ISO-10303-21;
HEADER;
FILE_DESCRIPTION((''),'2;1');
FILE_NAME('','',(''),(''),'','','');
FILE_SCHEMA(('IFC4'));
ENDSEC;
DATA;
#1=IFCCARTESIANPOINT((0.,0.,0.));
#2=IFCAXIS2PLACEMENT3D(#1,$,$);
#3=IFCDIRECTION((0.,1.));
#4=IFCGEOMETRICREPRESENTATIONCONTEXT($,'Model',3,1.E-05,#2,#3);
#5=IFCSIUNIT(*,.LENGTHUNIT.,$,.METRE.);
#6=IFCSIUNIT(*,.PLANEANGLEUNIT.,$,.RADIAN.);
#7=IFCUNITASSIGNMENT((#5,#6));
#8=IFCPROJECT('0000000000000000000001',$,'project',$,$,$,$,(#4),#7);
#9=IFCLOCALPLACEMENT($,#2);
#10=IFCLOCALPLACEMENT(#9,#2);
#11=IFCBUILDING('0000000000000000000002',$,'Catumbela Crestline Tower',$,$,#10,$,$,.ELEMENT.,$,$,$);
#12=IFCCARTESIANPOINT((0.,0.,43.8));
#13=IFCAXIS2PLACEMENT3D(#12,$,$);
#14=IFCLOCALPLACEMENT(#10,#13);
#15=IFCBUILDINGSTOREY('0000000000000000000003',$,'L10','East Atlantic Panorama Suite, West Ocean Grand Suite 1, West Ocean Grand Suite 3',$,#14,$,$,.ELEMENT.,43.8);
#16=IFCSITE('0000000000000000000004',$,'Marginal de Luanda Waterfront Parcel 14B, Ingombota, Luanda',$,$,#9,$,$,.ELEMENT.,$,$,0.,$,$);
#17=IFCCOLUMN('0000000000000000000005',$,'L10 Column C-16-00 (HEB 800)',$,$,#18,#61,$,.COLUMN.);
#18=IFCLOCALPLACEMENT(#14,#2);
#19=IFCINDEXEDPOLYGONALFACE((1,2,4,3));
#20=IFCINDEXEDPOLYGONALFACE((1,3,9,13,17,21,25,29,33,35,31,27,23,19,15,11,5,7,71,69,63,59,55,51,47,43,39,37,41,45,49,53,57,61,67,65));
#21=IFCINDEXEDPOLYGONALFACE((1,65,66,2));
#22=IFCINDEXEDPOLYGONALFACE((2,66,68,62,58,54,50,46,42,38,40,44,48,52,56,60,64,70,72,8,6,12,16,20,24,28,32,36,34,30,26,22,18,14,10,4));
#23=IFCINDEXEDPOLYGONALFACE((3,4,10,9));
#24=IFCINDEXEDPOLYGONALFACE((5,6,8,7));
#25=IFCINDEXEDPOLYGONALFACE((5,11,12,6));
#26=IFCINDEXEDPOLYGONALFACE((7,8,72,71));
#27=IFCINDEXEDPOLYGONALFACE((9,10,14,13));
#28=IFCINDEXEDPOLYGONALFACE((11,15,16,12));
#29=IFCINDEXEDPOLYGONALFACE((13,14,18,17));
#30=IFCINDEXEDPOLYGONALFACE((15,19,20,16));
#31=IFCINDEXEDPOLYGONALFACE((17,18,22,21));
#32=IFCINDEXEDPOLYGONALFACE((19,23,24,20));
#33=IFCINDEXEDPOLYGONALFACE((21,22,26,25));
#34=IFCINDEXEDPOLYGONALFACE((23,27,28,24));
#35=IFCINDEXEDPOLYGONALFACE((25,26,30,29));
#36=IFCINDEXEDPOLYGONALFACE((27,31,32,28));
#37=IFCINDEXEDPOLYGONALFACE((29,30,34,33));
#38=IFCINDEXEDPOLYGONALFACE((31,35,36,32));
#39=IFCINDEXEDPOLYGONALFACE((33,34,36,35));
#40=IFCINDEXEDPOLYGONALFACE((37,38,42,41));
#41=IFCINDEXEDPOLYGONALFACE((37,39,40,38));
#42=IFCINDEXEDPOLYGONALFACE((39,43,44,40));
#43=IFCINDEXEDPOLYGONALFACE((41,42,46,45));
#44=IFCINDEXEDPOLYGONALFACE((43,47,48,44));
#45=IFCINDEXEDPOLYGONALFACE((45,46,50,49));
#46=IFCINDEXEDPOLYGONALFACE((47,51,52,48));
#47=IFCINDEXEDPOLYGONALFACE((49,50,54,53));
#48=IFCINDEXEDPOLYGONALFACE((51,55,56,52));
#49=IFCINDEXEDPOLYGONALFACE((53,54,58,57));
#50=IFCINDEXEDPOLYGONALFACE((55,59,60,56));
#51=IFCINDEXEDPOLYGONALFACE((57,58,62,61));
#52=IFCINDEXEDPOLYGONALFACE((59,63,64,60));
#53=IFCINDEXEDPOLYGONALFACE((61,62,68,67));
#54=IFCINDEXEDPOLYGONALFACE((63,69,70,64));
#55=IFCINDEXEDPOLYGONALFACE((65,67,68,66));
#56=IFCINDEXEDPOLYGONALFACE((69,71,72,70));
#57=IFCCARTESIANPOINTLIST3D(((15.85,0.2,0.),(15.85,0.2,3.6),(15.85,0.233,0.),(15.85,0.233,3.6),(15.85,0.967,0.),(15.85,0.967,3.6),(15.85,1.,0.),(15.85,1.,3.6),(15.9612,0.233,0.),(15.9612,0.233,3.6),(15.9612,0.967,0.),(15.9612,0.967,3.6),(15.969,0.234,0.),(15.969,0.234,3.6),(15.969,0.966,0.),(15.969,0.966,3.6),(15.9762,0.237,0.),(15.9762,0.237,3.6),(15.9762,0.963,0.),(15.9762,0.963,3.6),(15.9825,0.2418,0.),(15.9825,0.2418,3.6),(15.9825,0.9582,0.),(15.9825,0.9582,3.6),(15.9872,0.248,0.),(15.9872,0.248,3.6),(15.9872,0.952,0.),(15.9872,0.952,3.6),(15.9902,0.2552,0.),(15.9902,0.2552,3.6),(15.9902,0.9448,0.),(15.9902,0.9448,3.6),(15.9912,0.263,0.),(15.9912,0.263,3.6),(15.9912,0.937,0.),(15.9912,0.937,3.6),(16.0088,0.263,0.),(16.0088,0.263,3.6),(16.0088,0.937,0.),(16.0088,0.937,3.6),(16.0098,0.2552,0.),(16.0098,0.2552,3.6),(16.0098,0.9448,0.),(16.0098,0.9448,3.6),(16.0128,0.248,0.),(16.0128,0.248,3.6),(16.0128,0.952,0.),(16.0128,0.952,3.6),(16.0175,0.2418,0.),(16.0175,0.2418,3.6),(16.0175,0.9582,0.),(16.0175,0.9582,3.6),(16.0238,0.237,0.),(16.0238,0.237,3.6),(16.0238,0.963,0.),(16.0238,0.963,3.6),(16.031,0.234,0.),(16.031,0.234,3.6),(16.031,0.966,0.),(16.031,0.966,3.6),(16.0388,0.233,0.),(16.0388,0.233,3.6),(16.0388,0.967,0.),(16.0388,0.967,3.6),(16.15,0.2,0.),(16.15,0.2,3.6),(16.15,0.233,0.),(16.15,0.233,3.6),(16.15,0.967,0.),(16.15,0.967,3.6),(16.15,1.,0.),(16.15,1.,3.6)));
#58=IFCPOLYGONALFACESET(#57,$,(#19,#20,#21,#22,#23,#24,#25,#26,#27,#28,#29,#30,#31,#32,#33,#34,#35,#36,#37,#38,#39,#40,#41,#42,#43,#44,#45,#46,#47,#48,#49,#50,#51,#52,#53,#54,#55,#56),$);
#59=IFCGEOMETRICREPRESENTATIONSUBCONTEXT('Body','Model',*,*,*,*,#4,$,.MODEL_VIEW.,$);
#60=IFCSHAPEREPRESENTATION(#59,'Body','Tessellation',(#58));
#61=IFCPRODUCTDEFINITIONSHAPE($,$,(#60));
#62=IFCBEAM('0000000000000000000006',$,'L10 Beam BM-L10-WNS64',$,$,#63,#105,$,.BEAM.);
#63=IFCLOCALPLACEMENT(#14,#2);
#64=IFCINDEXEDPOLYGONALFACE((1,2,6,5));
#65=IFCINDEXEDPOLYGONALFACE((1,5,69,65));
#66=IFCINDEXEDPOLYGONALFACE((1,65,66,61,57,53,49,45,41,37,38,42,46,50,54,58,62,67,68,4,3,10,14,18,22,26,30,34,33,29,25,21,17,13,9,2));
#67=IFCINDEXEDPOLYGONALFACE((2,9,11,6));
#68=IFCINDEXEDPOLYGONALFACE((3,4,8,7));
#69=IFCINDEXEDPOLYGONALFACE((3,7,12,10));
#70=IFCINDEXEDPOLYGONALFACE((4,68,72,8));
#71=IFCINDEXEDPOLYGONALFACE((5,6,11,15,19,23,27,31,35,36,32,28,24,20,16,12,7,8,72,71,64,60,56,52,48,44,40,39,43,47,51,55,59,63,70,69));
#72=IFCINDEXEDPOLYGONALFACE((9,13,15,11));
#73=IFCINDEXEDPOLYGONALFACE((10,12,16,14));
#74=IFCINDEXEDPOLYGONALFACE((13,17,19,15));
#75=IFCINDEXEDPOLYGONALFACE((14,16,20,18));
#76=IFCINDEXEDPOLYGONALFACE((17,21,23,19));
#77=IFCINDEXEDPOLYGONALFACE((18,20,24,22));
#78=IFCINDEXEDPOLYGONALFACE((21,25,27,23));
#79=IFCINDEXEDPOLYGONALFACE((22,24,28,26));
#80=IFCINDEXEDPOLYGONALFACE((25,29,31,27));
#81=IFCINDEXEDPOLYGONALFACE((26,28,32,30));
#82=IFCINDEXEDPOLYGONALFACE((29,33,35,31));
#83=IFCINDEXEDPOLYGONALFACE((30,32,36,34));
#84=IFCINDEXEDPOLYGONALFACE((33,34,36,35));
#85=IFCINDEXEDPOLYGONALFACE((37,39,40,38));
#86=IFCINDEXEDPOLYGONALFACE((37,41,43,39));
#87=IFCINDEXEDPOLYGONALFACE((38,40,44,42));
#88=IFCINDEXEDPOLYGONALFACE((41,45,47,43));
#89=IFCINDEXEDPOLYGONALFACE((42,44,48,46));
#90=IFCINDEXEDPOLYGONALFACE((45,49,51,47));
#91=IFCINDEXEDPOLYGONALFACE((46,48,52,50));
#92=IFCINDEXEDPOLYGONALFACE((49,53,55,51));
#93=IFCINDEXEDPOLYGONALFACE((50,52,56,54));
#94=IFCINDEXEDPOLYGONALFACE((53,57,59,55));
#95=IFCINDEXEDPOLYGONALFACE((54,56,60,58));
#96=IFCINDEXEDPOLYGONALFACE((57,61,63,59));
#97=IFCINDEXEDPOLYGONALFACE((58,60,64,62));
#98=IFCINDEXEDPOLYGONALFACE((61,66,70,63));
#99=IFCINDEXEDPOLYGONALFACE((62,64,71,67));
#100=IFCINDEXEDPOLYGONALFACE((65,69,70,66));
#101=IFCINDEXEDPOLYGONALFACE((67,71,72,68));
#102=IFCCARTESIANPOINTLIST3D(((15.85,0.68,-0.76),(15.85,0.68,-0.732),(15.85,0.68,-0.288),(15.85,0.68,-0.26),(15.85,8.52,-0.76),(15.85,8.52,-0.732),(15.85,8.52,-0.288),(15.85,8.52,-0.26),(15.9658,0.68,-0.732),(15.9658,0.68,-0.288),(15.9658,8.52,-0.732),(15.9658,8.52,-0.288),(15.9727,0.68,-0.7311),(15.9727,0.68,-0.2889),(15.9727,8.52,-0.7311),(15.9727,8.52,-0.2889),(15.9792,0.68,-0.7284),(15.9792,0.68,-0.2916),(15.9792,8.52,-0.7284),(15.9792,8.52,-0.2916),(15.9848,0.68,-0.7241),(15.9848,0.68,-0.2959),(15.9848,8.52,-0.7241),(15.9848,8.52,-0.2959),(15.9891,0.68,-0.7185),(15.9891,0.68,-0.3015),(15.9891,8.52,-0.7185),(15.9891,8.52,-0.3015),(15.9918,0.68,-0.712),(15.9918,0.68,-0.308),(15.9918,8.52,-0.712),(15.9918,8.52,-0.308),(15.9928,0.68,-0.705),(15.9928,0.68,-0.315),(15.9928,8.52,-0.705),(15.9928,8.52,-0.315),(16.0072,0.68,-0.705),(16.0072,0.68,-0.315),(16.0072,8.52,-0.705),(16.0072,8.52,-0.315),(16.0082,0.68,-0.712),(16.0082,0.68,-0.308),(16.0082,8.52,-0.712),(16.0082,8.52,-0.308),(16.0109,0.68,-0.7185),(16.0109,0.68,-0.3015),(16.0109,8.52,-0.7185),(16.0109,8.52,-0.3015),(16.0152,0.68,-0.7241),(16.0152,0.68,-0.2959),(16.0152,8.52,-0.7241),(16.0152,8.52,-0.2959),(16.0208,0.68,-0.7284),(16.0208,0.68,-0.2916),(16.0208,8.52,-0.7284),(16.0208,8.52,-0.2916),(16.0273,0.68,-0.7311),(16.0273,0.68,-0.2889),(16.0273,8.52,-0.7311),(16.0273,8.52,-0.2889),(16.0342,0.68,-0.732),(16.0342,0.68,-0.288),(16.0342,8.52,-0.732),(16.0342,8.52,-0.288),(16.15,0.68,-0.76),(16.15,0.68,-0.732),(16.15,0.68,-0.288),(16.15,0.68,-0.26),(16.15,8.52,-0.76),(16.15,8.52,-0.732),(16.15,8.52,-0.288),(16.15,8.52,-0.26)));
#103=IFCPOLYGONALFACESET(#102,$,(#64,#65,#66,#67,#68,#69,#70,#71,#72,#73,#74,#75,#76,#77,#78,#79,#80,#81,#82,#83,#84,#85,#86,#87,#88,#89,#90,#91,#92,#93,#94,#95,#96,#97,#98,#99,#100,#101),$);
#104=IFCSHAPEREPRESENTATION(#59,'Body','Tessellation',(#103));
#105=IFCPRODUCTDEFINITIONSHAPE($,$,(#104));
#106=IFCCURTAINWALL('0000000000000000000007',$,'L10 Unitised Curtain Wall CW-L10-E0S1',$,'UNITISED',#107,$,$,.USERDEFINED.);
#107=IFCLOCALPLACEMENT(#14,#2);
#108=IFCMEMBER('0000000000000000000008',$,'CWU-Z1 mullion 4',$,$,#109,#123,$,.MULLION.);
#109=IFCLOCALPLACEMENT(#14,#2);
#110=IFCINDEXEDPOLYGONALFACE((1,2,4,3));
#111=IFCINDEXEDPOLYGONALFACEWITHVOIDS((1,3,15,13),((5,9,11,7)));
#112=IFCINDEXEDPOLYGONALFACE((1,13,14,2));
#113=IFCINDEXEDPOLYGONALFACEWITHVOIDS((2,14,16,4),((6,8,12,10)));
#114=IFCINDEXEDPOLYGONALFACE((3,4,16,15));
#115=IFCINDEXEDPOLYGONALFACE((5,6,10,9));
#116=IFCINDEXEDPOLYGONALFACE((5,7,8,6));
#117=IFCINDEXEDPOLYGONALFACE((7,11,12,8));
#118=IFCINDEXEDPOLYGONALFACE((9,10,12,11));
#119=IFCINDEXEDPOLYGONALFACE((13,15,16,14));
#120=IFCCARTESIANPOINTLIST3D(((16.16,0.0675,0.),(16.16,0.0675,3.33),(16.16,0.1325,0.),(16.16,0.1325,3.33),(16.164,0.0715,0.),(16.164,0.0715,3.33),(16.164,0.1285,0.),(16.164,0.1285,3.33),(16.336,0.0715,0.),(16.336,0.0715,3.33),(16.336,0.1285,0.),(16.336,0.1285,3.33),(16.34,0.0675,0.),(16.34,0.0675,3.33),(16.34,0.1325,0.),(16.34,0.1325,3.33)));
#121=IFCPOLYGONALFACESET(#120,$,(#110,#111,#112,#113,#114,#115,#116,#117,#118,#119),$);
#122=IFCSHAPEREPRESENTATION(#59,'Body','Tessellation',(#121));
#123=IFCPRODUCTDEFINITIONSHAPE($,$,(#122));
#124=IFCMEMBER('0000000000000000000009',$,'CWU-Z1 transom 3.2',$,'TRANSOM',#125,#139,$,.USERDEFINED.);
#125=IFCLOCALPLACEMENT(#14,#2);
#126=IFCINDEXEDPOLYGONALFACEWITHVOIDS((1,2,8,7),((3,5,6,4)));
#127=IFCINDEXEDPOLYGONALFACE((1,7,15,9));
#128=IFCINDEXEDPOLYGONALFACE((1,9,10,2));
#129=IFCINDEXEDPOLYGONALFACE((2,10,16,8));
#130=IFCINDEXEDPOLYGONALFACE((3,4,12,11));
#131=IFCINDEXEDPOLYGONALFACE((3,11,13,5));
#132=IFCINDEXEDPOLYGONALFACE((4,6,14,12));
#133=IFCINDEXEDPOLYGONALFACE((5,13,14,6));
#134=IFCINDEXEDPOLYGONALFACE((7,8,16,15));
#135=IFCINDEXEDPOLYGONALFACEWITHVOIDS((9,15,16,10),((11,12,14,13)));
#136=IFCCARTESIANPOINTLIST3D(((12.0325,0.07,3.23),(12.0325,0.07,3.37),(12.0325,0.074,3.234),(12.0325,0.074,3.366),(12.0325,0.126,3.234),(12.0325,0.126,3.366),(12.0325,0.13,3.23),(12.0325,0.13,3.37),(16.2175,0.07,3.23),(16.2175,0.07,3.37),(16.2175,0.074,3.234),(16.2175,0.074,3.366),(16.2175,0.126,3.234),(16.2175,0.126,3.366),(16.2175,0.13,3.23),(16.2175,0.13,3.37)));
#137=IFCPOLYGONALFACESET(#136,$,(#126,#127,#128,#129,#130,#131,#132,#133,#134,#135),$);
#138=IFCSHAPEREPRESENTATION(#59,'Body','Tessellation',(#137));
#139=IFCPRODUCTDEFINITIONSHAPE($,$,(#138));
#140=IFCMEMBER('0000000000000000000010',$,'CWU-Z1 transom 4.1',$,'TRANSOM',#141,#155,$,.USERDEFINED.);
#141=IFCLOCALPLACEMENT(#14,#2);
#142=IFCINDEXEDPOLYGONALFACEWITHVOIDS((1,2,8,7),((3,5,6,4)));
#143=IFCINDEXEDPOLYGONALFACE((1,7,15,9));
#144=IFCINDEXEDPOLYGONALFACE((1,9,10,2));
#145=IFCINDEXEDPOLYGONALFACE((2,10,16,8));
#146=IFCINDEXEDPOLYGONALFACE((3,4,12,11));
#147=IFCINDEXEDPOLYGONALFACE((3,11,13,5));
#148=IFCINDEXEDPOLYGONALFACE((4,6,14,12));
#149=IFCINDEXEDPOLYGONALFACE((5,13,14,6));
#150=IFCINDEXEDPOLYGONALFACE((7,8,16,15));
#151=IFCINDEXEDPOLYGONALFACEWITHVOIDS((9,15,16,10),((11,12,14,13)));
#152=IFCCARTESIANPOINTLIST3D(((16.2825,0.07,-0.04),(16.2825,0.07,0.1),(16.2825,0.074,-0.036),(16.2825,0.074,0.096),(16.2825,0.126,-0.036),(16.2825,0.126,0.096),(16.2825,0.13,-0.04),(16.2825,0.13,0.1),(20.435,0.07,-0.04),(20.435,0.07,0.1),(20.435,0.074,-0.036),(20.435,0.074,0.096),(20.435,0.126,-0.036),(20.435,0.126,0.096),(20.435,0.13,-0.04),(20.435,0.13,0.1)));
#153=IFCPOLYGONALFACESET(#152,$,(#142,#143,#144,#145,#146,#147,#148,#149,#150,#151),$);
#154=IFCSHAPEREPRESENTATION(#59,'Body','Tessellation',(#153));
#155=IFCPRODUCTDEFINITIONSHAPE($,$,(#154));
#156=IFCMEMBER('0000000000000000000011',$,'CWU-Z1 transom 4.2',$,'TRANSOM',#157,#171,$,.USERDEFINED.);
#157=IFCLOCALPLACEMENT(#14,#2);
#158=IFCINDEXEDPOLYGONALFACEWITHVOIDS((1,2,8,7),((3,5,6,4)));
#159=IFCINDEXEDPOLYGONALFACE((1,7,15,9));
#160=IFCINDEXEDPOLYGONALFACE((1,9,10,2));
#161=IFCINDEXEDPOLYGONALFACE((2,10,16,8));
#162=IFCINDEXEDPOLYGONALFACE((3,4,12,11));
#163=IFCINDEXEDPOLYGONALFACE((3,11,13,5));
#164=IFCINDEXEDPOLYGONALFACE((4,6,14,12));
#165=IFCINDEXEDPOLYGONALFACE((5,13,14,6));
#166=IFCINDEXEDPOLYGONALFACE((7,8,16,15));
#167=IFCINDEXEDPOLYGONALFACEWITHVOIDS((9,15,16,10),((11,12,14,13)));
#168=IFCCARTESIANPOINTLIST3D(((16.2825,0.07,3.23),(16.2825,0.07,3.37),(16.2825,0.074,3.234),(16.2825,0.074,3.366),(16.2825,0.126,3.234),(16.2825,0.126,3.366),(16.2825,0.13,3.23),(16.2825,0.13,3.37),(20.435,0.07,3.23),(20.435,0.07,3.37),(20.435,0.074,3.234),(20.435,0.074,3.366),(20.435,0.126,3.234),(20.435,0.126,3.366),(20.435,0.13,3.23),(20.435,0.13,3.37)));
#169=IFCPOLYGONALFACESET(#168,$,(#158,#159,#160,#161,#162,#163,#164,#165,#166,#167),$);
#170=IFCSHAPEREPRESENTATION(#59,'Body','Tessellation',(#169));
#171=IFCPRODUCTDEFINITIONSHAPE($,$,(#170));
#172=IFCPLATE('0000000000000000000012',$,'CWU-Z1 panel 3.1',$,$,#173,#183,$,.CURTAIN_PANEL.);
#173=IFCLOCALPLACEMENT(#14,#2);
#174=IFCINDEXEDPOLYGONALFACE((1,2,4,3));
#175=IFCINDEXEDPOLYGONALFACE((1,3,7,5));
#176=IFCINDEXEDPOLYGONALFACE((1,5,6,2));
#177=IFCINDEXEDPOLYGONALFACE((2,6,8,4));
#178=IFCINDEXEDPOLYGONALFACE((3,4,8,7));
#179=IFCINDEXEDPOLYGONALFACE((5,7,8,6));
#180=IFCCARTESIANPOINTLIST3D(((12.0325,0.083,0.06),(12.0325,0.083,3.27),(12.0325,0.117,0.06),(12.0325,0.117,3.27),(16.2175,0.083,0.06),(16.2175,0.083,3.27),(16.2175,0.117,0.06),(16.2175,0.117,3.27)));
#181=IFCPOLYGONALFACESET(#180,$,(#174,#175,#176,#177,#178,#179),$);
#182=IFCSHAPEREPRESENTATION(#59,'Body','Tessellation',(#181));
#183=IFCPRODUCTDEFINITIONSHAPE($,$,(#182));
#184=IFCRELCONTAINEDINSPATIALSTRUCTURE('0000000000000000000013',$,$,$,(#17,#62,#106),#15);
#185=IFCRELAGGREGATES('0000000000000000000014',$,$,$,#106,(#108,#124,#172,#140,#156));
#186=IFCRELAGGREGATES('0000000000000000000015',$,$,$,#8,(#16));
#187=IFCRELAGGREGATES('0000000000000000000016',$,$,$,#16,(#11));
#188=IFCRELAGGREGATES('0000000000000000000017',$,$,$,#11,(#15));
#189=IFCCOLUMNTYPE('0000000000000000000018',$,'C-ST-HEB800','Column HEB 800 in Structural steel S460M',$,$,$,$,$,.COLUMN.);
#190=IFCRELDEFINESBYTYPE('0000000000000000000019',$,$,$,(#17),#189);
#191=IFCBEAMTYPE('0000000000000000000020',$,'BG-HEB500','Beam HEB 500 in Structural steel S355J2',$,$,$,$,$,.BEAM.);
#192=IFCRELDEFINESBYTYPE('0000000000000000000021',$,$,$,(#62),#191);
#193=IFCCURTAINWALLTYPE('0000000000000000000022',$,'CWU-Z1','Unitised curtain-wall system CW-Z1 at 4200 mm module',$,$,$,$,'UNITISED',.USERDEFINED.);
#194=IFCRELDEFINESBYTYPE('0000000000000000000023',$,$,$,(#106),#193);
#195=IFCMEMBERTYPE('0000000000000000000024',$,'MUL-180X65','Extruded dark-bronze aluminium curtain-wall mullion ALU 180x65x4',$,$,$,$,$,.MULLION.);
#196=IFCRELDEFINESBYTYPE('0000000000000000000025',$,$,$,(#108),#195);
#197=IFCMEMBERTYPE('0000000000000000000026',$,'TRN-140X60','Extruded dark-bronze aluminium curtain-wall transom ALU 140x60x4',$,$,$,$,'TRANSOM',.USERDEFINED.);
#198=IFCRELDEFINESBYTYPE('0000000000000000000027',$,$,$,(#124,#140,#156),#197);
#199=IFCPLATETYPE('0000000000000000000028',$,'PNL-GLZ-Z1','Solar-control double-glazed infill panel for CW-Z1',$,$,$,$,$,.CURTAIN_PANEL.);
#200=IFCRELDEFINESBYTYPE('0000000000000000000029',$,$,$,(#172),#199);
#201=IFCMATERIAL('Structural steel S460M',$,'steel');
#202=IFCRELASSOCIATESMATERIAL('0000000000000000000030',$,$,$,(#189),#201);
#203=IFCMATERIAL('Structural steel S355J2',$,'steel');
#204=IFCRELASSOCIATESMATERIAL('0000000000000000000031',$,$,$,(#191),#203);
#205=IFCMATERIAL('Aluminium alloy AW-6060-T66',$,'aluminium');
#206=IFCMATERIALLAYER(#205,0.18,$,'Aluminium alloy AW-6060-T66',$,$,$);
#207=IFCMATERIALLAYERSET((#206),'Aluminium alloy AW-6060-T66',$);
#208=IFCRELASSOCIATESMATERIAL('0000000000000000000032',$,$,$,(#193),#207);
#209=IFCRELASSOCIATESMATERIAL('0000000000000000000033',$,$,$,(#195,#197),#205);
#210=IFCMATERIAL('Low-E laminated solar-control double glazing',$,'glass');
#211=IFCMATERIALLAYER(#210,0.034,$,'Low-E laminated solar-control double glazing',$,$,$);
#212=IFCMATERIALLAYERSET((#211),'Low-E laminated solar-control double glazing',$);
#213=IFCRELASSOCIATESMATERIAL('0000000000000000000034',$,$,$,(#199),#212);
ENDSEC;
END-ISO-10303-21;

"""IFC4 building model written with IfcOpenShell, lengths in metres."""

from ifc_helpers import new_model, si_unit, direction, frame, origin, origin_2d, place, context, subcontext, project, spatial, rectangle, hollow_rectangle, i_section, extrude, material, layer, layer_set, material_profile, profile_set, type_object, element, aggregate, save


model = new_model("IFC4")

# Units and contexts
model_context = context("Model", 3, precision=1e-05, world=origin(), true_north=direction((0.0, 1.0)))
body_context = subcontext(model_context, "Body", "Model", "MODEL_VIEW")
ifc_project = project(units=[si_unit("LENGTHUNIT", "METRE"), si_unit("PLANEANGLEUNIT", "RADIAN")], contexts=[model_context])

# Site, building, storey
site_placement = place(None, origin())
site = spatial("IfcSite", under=ifc_project, at=site_placement, Name="Marginal de Luanda Waterfront Parcel 14B, Ingombota, Luanda", CompositionType="ELEMENT", RefElevation=0.0)
building_placement = place(site_placement, origin())
building = spatial("IfcBuilding", under=site, at=building_placement, Name="Catumbela Crestline Tower", CompositionType="ELEMENT")
storey_placement = place(building_placement, frame((0.0, 0.0, 43.8)))
storey = spatial("IfcBuildingStorey", under=building, at=storey_placement, Name="L10", Description="East Atlantic Panorama Suite, West Ocean Grand Suite 1, West Ocean Grand Suite 3", CompositionType="ELEMENT", Elevation=43.8)

# Column
ifc_material_1 = material(Name="Structural steel S460M", Category="steel")
ifc_material_profile_1 = material_profile(ifc_material_1, i_section(OverallWidth=0.3, OverallDepth=0.8, WebThickness=0.0175, FlangeThickness=0.033, FilletRadius=0.03, at=origin_2d()), Name="HEB 800")
ifc_profile_set_1 = profile_set([ifc_material_profile_1], Name="Structural steel S460M")
column_type = type_object("IfcColumnType", Name="C-ST-HEB800", Description="Column HEB 800 in Structural steel S460M", PredefinedType="COLUMN", material=ifc_profile_set_1)
column_placement = place(storey_placement, frame((16.0, 0.6, 0.0), z_axis=(0.0, 0.0, 1.0), x_axis=(1.0, 0.0, 0.0)))
element("IfcColumn", 1, at=column_placement, inside=storey, type_object=column_type, Name="L10 Column C-16-00 (HEB 800)", PredefinedType="COLUMN", context=body_context, shape_type="SweptSolid", body=[
    extrude(i_section(OverallWidth=0.3, OverallDepth=0.8, WebThickness=0.0175, FlangeThickness=0.033, FilletRadius=0.03, at=origin_2d()), origin(), (0.0, 0.0, 1.0), 3.6),
])

# Beam
ifc_material_2 = material(Name="Structural steel S355J2", Category="steel")
ifc_material_profile_2 = material_profile(ifc_material_2, i_section(OverallWidth=0.3, OverallDepth=0.5, WebThickness=0.0145, FlangeThickness=0.028, FilletRadius=0.027, at=origin_2d()), Name="HEB 500")
ifc_profile_set_2 = profile_set([ifc_material_profile_2], Name="Structural steel S355J2")
beam_type = type_object("IfcBeamType", Name="BG-HEB500", Description="Beam HEB 500 in Structural steel S355J2", PredefinedType="BEAM", material=ifc_profile_set_2)
beam_placement = place(storey_placement, frame((16.0, 0.68, -0.51), z_axis=(0.0, 1.0, 0.0), x_axis=(-1.0, 0.0, 0.0)))
element("IfcBeam", 2, at=beam_placement, inside=storey, type_object=beam_type, Name="L10 Beam BM-L10-WNS64", PredefinedType="BEAM", context=body_context, shape_type="SweptSolid", body=[
    extrude(i_section(OverallWidth=0.3, OverallDepth=0.5, WebThickness=0.0145, FlangeThickness=0.028, FilletRadius=0.027, at=origin_2d()), origin(), (0.0, 0.0, 1.0), 7.84),
])

# Curtain wall, members, plate
ifc_material_3 = material(Name="Aluminium alloy AW-6060-T66", Category="aluminium")
ifc_layer_1 = layer(ifc_material_3, 0.18, Name="Aluminium alloy AW-6060-T66")
ifc_layer_set_1 = layer_set([ifc_layer_1], Name="Aluminium alloy AW-6060-T66")
curtain_wall_type = type_object("IfcCurtainWallType", Name="CWU-Z1", Description="Unitised curtain-wall system CW-Z1 at 4200 mm module", ElementType="UNITISED", PredefinedType="USERDEFINED", material=ifc_layer_set_1)
curtain_wall_placement = place(storey_placement, origin())
curtain_wall = element("IfcCurtainWall", 3, at=curtain_wall_placement, inside=storey, type_object=curtain_wall_type, Name="L10 Unitised Curtain Wall CW-L10-E0S1", ObjectType="UNITISED", PredefinedType="USERDEFINED")
ifc_material_profile_3 = material_profile(ifc_material_3, hollow_rectangle(XDim=0.065, YDim=0.18, WallThickness=0.004, at=origin_2d()), Name="ALU 180x65x4")
ifc_profile_set_3 = profile_set([ifc_material_profile_3], Name="Aluminium alloy AW-6060-T66")
member_type_1 = type_object("IfcMemberType", Name="MUL-180X65", Description="Extruded dark-bronze aluminium curtain-wall mullion ALU 180x65x4", PredefinedType="MULLION", material=ifc_profile_set_3)
member_1_placement = place(storey_placement, frame((16.25, 0.1, 0.0), z_axis=(0.0, 0.0, 1.0), x_axis=(0.0, 1.0, 0.0)))
member_1 = element("IfcMember", 4, at=member_1_placement, type_object=member_type_1, Name="CWU-Z1 mullion 4", PredefinedType="MULLION", context=body_context, shape_type="SweptSolid", body=[
    extrude(hollow_rectangle(XDim=0.065, YDim=0.18, WallThickness=0.004, at=origin_2d()), origin(), (0.0, 0.0, 1.0), 3.33),
])
ifc_material_profile_4 = material_profile(ifc_material_3, hollow_rectangle(XDim=0.06, YDim=0.14, WallThickness=0.004, at=origin_2d()), Name="ALU 140x60x4")
ifc_profile_set_4 = profile_set([ifc_material_profile_4], Name="Aluminium alloy AW-6060-T66")
member_type_2 = type_object("IfcMemberType", Name="TRN-140X60", Description="Extruded dark-bronze aluminium curtain-wall transom ALU 140x60x4", ElementType="TRANSOM", PredefinedType="USERDEFINED", material=ifc_profile_set_4)
member_2_placement = place(storey_placement, frame((12.0325, 0.1, 3.3), z_axis=(1.0, 0.0, 0.0), x_axis=(0.0, 1.0, 0.0)))
member_2 = element("IfcMember", 5, at=member_2_placement, type_object=member_type_2, Name="CWU-Z1 transom 3.2", ObjectType="TRANSOM", PredefinedType="USERDEFINED", context=body_context, shape_type="SweptSolid", body=[
    extrude(hollow_rectangle(XDim=0.06, YDim=0.14, WallThickness=0.004, at=origin_2d()), origin(), (0.0, 0.0, 1.0), 4.185),
])
member_3_placement = place(storey_placement, frame((16.2825, 0.1, 0.03), z_axis=(1.0, 0.0, 0.0), x_axis=(0.0, 1.0, 0.0)))
member_3 = element("IfcMember", 6, at=member_3_placement, type_object=member_type_2, Name="CWU-Z1 transom 4.1", ObjectType="TRANSOM", PredefinedType="USERDEFINED", context=body_context, shape_type="SweptSolid", body=[
    extrude(hollow_rectangle(XDim=0.06, YDim=0.14, WallThickness=0.004, at=origin_2d()), origin(), (0.0, 0.0, 1.0), 4.1525),
])
member_4_placement = place(storey_placement, frame((16.2825, 0.1, 3.3), z_axis=(1.0, 0.0, 0.0), x_axis=(0.0, 1.0, 0.0)))
member_4 = element("IfcMember", 7, at=member_4_placement, type_object=member_type_2, Name="CWU-Z1 transom 4.2", ObjectType="TRANSOM", PredefinedType="USERDEFINED", context=body_context, shape_type="SweptSolid", body=[
    extrude(hollow_rectangle(XDim=0.06, YDim=0.14, WallThickness=0.004, at=origin_2d()), origin(), (0.0, 0.0, 1.0), 4.1525),
])
ifc_material_4 = material(Name="Low-E laminated solar-control double glazing", Category="glass")
ifc_layer_2 = layer(ifc_material_4, 0.034, Name="Low-E laminated solar-control double glazing")
ifc_layer_set_2 = layer_set([ifc_layer_2], Name="Low-E laminated solar-control double glazing")
plate_type = type_object("IfcPlateType", Name="PNL-GLZ-Z1", Description="Solar-control double-glazed infill panel for CW-Z1", PredefinedType="CURTAIN_PANEL", material=ifc_layer_set_2)
plate_1_placement = place(storey_placement, frame((14.125, 0.1, 0.06), z_axis=(0.0, 0.0, 1.0), x_axis=(1.0, 0.0, 0.0)))
plate_1 = element("IfcPlate", 8, at=plate_1_placement, type_object=plate_type, Name="CWU-Z1 panel 3.1", PredefinedType="CURTAIN_PANEL", context=body_context, shape_type="SweptSolid", body=[
    extrude(rectangle(XDim=4.185, YDim=0.034, at=origin_2d()), origin(), (0.0, 0.0, 1.0), 3.21),
])
aggregate(curtain_wall, [member_1, member_2, plate_1, member_3, member_4])

save(model, "model.ifc")
